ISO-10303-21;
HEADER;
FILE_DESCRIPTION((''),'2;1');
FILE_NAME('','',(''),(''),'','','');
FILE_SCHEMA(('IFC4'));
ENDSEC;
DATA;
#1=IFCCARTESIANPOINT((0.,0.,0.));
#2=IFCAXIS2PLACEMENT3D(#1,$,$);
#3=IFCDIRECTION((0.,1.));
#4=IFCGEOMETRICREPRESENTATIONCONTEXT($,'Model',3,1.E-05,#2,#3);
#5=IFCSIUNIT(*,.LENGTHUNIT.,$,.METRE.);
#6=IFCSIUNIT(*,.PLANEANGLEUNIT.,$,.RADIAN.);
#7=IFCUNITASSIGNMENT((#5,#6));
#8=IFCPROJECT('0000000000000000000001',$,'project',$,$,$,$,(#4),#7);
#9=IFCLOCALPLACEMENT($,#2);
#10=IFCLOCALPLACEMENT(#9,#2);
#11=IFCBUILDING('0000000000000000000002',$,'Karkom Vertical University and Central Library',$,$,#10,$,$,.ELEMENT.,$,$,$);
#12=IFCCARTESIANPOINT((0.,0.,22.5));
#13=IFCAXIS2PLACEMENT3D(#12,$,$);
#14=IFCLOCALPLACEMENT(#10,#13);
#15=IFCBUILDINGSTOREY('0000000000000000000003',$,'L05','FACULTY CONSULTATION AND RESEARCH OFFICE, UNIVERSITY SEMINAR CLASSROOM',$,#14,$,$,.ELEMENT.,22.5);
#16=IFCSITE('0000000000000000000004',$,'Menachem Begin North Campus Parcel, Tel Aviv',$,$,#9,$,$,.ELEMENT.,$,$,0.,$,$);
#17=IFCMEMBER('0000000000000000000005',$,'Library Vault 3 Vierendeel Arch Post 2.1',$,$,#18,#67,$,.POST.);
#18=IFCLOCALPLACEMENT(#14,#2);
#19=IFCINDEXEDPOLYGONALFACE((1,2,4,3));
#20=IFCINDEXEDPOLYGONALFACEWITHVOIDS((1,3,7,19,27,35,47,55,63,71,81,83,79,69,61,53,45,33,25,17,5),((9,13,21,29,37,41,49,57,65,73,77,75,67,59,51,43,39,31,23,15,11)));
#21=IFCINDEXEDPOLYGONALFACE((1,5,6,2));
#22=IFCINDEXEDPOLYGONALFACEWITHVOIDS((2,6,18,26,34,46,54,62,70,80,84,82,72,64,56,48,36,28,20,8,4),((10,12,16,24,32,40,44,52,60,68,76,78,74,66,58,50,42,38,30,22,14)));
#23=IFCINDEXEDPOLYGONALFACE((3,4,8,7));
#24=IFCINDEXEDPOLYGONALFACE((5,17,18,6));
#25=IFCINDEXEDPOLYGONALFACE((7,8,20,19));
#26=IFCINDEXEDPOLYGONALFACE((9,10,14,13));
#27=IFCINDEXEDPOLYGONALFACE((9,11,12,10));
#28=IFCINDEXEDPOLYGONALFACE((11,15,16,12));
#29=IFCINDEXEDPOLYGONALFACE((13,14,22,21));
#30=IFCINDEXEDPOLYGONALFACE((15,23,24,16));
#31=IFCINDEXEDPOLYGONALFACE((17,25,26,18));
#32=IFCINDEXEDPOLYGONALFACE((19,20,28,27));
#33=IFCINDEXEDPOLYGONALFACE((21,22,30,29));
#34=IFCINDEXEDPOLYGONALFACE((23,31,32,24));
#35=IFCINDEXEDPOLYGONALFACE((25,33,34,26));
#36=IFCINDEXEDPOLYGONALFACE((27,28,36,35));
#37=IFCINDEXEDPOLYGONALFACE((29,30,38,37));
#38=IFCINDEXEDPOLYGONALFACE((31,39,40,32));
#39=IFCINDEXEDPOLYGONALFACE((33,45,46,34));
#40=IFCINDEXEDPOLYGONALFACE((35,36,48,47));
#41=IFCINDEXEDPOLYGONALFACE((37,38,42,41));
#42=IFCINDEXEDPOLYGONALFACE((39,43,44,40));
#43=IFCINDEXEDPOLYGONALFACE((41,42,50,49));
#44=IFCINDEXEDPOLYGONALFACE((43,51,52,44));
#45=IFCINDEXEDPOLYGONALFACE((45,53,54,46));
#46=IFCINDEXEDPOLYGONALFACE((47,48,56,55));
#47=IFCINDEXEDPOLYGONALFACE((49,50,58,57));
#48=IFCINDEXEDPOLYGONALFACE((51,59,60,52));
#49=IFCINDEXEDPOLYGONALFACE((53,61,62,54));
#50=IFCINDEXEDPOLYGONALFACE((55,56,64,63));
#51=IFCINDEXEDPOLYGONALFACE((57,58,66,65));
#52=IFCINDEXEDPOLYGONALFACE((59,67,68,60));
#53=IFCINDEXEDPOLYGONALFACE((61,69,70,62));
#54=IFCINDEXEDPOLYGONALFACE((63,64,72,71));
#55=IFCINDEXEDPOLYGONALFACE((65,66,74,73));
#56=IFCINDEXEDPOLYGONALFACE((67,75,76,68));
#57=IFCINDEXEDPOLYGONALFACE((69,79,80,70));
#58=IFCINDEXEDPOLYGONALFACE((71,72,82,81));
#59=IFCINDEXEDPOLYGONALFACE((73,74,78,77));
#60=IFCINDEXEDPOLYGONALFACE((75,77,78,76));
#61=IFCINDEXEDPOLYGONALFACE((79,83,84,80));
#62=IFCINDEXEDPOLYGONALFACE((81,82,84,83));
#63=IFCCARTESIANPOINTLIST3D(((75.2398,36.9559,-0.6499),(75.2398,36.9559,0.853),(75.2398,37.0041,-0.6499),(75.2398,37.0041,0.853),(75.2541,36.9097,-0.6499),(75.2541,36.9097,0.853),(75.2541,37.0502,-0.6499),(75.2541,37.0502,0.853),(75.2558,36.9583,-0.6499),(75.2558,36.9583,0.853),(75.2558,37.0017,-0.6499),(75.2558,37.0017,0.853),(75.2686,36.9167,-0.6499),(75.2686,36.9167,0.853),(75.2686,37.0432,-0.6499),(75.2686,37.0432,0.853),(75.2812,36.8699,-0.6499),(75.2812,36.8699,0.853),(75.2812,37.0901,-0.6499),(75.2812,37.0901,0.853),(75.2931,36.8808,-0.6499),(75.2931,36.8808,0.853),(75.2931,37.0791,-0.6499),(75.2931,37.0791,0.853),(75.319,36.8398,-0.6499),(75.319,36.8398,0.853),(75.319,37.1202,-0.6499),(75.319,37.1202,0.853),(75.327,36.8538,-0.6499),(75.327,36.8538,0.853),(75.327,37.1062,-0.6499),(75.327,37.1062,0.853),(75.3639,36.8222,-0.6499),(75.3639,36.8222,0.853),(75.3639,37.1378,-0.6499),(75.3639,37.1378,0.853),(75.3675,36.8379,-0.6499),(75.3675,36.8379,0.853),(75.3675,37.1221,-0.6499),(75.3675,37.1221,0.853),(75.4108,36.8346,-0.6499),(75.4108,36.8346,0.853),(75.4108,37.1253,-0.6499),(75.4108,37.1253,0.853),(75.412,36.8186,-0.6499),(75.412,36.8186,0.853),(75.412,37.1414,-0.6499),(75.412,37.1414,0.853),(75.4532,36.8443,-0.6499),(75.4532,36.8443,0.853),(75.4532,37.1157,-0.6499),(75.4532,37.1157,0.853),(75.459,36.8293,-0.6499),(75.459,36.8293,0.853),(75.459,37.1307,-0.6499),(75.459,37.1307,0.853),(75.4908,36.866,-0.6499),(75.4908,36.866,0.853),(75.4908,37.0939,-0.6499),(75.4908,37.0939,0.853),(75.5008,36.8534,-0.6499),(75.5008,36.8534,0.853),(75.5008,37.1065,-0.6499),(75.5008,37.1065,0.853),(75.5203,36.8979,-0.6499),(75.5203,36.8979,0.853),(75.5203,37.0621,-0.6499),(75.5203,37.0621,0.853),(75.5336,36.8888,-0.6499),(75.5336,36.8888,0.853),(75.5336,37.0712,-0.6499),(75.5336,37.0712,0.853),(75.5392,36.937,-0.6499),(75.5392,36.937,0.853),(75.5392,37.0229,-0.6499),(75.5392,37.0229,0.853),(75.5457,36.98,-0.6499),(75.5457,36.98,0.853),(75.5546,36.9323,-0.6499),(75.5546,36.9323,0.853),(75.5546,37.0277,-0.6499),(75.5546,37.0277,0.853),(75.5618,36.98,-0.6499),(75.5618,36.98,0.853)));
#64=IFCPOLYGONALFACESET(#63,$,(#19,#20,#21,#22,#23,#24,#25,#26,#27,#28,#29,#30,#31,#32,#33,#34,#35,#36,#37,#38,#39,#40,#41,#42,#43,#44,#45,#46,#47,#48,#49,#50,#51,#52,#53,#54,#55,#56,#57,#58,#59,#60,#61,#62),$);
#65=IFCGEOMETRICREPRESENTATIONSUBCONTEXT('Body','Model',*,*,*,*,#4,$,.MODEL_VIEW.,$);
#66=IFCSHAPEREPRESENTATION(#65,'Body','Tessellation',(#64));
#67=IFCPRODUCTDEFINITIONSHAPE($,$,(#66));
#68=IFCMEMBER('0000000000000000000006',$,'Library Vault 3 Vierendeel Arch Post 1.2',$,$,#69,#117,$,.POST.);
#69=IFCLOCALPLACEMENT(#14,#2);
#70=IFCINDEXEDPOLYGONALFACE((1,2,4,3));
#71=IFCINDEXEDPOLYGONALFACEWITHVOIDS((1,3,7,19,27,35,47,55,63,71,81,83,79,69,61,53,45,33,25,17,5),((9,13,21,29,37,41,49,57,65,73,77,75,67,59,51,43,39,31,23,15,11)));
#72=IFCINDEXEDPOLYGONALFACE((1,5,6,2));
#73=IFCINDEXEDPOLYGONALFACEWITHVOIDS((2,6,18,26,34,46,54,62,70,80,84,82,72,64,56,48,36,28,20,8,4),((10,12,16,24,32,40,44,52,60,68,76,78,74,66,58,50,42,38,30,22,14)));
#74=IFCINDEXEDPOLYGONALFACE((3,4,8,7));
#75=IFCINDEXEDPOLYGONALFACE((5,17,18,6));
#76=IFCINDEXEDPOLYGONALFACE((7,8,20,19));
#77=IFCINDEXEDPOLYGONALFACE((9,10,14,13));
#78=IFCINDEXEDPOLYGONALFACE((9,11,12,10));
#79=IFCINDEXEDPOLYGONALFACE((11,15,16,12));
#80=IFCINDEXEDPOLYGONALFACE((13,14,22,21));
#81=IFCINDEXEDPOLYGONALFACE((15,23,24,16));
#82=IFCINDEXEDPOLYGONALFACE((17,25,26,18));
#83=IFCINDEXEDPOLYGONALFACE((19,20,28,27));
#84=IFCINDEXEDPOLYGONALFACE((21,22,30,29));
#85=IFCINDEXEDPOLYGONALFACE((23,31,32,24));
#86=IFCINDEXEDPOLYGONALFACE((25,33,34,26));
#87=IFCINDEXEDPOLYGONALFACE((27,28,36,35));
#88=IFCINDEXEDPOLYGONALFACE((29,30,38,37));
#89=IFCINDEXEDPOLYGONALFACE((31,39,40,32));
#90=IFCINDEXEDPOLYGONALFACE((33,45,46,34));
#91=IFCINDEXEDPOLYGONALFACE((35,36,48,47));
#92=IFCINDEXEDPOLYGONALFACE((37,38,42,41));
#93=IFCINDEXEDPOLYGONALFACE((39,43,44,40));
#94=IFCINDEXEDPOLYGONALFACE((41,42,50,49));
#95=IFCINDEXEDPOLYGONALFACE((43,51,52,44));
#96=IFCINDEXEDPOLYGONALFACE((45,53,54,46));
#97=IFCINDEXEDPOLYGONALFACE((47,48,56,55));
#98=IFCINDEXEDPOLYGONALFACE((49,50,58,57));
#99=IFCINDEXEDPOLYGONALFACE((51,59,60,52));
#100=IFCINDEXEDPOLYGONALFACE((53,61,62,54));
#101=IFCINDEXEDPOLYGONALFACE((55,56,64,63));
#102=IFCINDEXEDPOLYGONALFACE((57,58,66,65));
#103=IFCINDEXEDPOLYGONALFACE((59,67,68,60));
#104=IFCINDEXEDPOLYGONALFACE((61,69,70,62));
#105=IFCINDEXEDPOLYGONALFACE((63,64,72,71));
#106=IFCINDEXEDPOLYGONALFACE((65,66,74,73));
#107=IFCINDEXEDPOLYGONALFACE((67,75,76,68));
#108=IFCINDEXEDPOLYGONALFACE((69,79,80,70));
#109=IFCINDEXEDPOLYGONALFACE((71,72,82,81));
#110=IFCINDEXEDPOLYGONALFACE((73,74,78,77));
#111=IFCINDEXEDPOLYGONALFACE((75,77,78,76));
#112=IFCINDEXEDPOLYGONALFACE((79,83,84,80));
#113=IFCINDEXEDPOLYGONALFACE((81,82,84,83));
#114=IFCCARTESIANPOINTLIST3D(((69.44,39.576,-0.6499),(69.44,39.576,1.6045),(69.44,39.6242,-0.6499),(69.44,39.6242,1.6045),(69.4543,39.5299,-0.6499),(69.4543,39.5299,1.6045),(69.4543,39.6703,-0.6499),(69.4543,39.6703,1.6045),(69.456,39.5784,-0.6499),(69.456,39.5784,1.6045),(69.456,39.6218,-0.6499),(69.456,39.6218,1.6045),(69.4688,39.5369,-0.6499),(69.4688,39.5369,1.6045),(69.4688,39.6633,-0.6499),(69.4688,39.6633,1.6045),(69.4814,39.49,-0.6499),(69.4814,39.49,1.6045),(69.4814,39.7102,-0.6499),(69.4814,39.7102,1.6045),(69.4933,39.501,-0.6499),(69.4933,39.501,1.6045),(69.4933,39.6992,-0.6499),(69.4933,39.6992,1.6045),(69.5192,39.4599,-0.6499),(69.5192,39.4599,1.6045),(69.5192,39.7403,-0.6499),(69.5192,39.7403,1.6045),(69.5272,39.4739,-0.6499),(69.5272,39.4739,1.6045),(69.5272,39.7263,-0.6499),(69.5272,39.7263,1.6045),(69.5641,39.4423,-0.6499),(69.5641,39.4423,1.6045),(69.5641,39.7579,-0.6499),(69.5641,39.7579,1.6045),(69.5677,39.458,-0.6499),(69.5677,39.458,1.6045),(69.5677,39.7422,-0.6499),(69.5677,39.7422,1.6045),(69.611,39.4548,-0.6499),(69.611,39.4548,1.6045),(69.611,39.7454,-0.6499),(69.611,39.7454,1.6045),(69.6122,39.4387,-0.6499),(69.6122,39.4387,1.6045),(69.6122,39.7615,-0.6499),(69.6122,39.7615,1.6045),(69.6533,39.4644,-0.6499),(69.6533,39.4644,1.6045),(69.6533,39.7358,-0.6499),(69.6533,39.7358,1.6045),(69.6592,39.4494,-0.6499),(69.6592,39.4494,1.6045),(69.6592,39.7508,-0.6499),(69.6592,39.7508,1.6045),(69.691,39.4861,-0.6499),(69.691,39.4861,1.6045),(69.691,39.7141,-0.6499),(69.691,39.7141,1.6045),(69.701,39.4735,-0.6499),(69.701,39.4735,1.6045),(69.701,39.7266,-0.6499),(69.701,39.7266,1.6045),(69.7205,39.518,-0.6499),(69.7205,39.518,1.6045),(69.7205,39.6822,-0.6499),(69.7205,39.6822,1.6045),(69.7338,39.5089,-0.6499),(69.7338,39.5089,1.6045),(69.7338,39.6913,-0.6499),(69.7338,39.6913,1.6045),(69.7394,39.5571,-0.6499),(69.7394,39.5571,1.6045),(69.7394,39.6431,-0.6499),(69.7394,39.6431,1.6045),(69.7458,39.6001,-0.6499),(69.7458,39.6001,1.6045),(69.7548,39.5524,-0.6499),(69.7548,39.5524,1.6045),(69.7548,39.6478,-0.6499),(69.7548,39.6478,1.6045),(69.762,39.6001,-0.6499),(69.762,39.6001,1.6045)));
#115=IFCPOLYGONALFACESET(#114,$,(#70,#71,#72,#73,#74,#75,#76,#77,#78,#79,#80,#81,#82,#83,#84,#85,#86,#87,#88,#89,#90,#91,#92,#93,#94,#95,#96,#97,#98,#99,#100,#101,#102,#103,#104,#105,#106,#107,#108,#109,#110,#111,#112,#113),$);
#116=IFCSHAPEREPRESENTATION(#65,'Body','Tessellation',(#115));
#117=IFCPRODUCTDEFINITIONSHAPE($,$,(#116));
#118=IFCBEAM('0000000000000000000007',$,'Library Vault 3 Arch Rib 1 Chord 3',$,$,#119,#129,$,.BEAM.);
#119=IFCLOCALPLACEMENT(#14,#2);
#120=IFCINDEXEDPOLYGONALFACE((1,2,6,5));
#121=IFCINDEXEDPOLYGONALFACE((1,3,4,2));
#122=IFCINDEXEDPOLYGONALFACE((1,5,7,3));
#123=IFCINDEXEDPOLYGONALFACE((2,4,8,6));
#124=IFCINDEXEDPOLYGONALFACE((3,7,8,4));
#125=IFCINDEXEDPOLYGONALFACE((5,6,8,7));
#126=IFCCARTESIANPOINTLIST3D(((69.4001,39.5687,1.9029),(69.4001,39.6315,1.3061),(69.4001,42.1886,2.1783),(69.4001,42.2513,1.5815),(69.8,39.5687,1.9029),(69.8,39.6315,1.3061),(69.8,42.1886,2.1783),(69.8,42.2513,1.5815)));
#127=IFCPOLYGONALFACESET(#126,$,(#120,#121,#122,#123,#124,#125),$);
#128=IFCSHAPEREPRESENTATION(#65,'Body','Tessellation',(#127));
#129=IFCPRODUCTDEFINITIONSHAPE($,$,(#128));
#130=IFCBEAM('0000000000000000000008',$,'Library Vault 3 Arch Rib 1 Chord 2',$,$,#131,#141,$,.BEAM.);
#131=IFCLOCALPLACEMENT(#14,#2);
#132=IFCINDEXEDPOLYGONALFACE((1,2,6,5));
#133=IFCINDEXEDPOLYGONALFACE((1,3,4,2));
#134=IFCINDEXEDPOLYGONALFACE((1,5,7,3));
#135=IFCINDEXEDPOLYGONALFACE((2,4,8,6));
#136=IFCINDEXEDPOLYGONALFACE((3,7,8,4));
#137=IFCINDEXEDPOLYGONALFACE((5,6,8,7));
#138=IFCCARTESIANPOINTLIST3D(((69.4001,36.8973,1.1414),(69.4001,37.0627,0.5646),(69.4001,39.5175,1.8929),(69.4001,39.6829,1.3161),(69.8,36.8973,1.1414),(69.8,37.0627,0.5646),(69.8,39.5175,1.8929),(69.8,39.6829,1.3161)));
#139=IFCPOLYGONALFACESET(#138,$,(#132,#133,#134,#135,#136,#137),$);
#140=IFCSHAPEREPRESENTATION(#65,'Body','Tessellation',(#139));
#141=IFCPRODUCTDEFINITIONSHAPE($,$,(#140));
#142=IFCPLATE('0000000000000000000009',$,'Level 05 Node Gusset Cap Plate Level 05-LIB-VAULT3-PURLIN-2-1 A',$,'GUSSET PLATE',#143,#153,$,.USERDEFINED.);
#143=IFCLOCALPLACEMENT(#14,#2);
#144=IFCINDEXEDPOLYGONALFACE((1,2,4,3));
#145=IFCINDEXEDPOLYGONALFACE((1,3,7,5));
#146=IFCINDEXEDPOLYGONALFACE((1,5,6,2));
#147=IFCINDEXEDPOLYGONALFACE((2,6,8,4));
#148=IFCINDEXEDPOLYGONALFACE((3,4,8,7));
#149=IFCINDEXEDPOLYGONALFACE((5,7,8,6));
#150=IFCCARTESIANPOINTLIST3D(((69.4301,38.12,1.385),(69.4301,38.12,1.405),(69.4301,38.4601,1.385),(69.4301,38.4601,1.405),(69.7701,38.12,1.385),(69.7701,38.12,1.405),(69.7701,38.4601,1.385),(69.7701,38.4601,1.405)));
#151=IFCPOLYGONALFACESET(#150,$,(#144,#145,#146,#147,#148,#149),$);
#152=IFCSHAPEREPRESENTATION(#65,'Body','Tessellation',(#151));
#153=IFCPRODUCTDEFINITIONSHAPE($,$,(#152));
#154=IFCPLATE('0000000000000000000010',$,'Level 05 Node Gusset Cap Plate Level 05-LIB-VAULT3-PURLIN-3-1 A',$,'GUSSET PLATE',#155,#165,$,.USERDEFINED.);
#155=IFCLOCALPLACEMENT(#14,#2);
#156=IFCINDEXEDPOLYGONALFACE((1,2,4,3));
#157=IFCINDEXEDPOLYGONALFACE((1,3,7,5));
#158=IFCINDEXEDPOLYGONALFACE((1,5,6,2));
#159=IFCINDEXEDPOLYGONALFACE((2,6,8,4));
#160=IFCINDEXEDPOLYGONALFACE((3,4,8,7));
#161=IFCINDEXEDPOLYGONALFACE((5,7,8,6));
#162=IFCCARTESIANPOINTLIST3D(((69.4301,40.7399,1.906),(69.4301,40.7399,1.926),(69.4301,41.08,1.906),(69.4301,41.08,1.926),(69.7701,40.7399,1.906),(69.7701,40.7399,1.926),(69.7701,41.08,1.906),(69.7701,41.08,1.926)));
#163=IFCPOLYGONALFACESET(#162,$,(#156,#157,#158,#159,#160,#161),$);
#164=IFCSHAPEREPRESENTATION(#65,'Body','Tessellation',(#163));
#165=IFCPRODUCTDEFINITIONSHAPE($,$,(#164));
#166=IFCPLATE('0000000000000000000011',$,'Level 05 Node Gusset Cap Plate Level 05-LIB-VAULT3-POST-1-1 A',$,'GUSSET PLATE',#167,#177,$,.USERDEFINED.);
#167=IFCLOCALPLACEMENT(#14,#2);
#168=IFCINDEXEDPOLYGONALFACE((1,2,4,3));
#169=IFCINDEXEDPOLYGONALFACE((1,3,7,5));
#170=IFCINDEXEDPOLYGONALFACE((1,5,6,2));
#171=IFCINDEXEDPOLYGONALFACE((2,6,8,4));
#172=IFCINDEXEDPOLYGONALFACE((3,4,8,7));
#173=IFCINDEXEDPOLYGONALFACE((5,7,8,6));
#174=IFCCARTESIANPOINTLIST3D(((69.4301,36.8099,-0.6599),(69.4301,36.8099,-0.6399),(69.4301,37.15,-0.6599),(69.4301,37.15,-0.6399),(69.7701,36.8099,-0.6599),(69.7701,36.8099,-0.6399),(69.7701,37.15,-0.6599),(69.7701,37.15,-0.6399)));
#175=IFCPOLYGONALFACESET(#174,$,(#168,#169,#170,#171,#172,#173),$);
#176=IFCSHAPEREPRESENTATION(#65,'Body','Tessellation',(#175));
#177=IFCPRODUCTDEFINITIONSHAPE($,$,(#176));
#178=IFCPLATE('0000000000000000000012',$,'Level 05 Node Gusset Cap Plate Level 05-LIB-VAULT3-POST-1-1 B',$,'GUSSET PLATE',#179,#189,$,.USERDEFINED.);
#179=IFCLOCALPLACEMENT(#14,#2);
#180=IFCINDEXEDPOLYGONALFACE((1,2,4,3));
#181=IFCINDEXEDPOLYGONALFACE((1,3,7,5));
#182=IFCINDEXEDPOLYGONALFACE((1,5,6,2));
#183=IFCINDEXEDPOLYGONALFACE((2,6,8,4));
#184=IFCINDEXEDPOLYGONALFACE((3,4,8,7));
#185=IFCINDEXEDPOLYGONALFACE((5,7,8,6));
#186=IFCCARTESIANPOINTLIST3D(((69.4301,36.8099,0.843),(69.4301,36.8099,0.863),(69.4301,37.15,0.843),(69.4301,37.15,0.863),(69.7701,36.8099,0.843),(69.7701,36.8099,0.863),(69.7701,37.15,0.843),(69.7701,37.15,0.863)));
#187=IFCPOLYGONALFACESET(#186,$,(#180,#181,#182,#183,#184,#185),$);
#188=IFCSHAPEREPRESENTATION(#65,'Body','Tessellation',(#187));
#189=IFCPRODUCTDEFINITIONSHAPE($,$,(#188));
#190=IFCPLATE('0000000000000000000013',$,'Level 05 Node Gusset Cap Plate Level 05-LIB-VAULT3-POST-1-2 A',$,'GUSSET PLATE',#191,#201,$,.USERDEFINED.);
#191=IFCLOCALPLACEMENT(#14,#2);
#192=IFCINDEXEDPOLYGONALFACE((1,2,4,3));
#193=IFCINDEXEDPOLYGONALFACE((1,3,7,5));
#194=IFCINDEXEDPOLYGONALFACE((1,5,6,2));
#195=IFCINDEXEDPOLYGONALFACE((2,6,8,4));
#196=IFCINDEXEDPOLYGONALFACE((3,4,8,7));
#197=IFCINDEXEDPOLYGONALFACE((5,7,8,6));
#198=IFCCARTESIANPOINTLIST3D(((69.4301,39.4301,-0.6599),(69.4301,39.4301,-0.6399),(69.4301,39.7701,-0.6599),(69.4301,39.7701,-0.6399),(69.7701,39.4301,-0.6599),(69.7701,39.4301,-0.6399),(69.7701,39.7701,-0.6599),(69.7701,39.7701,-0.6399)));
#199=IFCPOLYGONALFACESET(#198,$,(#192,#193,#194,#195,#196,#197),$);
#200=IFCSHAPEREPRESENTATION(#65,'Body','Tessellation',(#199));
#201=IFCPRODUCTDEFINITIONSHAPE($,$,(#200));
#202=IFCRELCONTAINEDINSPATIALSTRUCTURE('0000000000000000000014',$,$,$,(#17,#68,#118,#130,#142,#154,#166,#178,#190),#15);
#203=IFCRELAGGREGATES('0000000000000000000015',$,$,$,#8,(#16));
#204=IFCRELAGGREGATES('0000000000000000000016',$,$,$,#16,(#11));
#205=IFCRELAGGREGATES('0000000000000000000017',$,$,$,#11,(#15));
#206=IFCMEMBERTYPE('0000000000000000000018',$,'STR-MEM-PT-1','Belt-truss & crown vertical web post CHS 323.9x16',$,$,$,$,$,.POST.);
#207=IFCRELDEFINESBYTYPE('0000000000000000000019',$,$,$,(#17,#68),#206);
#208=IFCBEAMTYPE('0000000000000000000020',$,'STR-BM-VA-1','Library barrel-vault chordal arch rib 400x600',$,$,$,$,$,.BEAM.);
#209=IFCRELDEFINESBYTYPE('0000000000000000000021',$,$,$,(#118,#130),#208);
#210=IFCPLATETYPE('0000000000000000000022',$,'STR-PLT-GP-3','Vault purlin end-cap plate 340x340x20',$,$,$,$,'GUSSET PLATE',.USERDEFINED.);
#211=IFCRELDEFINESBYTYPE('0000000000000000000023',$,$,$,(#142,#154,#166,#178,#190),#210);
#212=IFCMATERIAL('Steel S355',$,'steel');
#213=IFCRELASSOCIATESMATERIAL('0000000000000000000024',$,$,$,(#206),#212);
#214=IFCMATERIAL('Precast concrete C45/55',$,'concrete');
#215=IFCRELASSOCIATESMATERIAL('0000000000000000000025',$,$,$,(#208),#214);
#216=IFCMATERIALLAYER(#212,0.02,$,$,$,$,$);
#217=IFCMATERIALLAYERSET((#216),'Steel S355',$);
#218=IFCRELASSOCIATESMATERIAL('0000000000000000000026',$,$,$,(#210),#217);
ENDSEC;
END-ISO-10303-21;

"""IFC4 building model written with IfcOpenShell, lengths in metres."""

from ifc_helpers import new_model, si_unit, direction, frame, origin, origin_with_axes, origin_2d, place, context, subcontext, project, spatial, rectangle, hollow_circle, extrude, source, transform, mapped, material, layer, layer_set, material_profile, profile_set, type_object, element, save


model = new_model("IFC4")

# Units and contexts
model_context = context("Model", 3, precision=1e-05, world=origin(), true_north=direction((0.0, 1.0)))
body_context = subcontext(model_context, "Body", "Model", "MODEL_VIEW")
ifc_project = project(units=[si_unit("LENGTHUNIT", "METRE"), si_unit("PLANEANGLEUNIT", "RADIAN")], contexts=[model_context])

# Site, building, storey
site_placement = place(None, origin())
site = spatial("IfcSite", under=ifc_project, at=site_placement, Name="Menachem Begin North Campus Parcel, Tel Aviv", CompositionType="ELEMENT", RefElevation=0.0)
building_placement = place(site_placement, origin())
building = spatial("IfcBuilding", under=site, at=building_placement, Name="Karkom Vertical University and Central Library", CompositionType="ELEMENT")
storey_placement = place(building_placement, frame((0.0, 0.0, 22.5)))
storey = spatial("IfcBuildingStorey", under=building, at=storey_placement, Name="L05", Description="FACULTY CONSULTATION AND RESEARCH OFFICE, UNIVERSITY SEMINAR CLASSROOM", CompositionType="ELEMENT", Elevation=22.5)

# Members
ifc_material_1 = material(Name="Steel S355", Category="steel")
ifc_material_profile_1 = material_profile(ifc_material_1, hollow_circle(Radius=0.1619, WallThickness=0.0161, at=origin_2d()), Name="CHS 323.9x16")
ifc_profile_set_1 = profile_set([ifc_material_profile_1], Name="Steel S355")
member_type_1 = type_object("IfcMemberType", Name="STR-MEM-PT-1", Description="Belt-truss & crown vertical web post CHS 323.9x16", PredefinedType="POST", material=ifc_profile_set_1)
shared_shape_1 = source(origin_with_axes(), body_context, "Body", "SweptSolid", [
    extrude(hollow_circle(Radius=0.1619, WallThickness=0.0161, at=origin_2d()), origin(), (0.0, 0.0, 1.0), 1.5029),
])
for number, where, z_axis, x_axis, name in (
    (1, (75.3999, 36.98, -0.6499), (0.0, 0.0, 1.0), (1.0, 0.0, 0.0), "Library Vault 3 Vierendeel Arch Post 2.1"),
):
    element("IfcMember", number, at=place(storey_placement, frame(where, z_axis=z_axis, x_axis=x_axis)), inside=storey, type_object=member_type_1, Name=name, PredefinedType="POST", context=body_context, shape_type="MappedRepresentation", body=[
        mapped(shared_shape_1, transform((0.0, 0.0, 0.0), scale=1.0)),
    ])
shared_shape_2 = source(origin_with_axes(), body_context, "Body", "SweptSolid", [
    extrude(hollow_circle(Radius=0.1619, WallThickness=0.0161, at=origin_2d()), origin(), (0.0, 0.0, 1.0), 2.2544),
])
member_placement = place(storey_placement, frame((69.6001, 39.6001, -0.6499), z_axis=(0.0, 0.0, 1.0), x_axis=(1.0, 0.0, 0.0)))
element("IfcMember", 2, at=member_placement, inside=storey, type_object=member_type_1, Name="Library Vault 3 Vierendeel Arch Post 1.2", PredefinedType="POST", context=body_context, shape_type="MappedRepresentation", body=[
    mapped(shared_shape_2, transform((0.0, 0.0, 0.0), scale=1.0)),
])

# Beams
ifc_material_2 = material(Name="Precast concrete C45/55", Category="concrete")
ifc_material_profile_2 = material_profile(ifc_material_2, rectangle(XDim=0.3999, YDim=0.6001, at=origin_2d()), Name="RCB-400x600")
ifc_profile_set_2 = profile_set([ifc_material_profile_2], Name="Precast concrete C45/55")
beam_type = type_object("IfcBeamType", Name="STR-BM-VA-1", Description="Library barrel-vault chordal arch rib 400x600", PredefinedType="BEAM", material=ifc_profile_set_2)
shared_shape_3 = source(origin_with_axes(), body_context, "Body", "SweptSolid", [
    extrude(rectangle(XDim=0.3999, YDim=0.6001, at=origin_2d()), origin(), (0.0, 0.0, 1.0), 2.6343),
])
beam_1_placement = place(storey_placement, frame((69.6001, 39.6001, 1.6045), z_axis=(0.0, 0.994521, 0.10454), x_axis=(-1.0, 0.0, 0.0)))
element("IfcBeam", 3, at=beam_1_placement, inside=storey, type_object=beam_type, Name="Library Vault 3 Arch Rib 1 Chord 3", PredefinedType="BEAM", context=body_context, shape_type="MappedRepresentation", body=[
    mapped(shared_shape_3, transform((0.0, 0.0, 0.0), scale=1.0)),
])
shared_shape_4 = source(origin_with_axes(), body_context, "Body", "SweptSolid", [
    extrude(rectangle(XDim=0.3999, YDim=0.6001, at=origin_2d()), origin(), (0.0, 0.0, 1.0), 2.7258),
])
beam_2_placement = place(storey_placement, frame((69.6001, 36.98, 0.853), z_axis=(0.0, 0.961246, 0.275691), x_axis=(-1.0, 0.0, 0.0)))
element("IfcBeam", 4, at=beam_2_placement, inside=storey, type_object=beam_type, Name="Library Vault 3 Arch Rib 1 Chord 2", PredefinedType="BEAM", context=body_context, shape_type="MappedRepresentation", body=[
    mapped(shared_shape_4, transform((0.0, 0.0, 0.0), scale=1.0)),
])

# Plates
ifc_layer = layer(ifc_material_1, 0.02)
ifc_layer_set = layer_set([ifc_layer], Name="Steel S355")
plate_type = type_object("IfcPlateType", Name="STR-PLT-GP-3", Description="Vault purlin end-cap plate 340x340x20", ElementType="GUSSET PLATE", PredefinedType="USERDEFINED", material=ifc_layer_set)
shared_shape_5 = source(origin_with_axes(), body_context, "Body", "SweptSolid", [
    extrude(rectangle(XDim=0.3401, YDim=0.3401, at=origin_2d()), origin(), (0.0, 0.0, 1.0), 0.02),
])
for number, where, z_axis, x_axis, name in (
    (5, (69.6001, 38.29, 1.385), (0.0, 0.0, 1.0), (1.0, 0.0, 0.0), "Level 05 Node Gusset Cap Plate Level 05-LIB-VAULT3-PURLIN-2-1 A"),
    (6, (69.6001, 40.9099, 1.906), (0.0, 0.0, 1.0), (1.0, 0.0, 0.0), "Level 05 Node Gusset Cap Plate Level 05-LIB-VAULT3-PURLIN-3-1 A"),
    (7, (69.6001, 36.98, -0.6599), (0.0, 0.0, 1.0), (1.0, 0.0, 0.0), "Level 05 Node Gusset Cap Plate Level 05-LIB-VAULT3-POST-1-1 A"),
    (8, (69.6001, 36.98, 0.843), (0.0, 0.0, 1.0), (1.0, 0.0, 0.0), "Level 05 Node Gusset Cap Plate Level 05-LIB-VAULT3-POST-1-1 B"),
    (9, (69.6001, 39.6001, -0.6599), (0.0, 0.0, 1.0), (1.0, 0.0, 0.0), "Level 05 Node Gusset Cap Plate Level 05-LIB-VAULT3-POST-1-2 A"),
):
    element("IfcPlate", number, at=place(storey_placement, frame(where, z_axis=z_axis, x_axis=x_axis)), inside=storey, type_object=plate_type, Name=name, ObjectType="GUSSET PLATE", PredefinedType="USERDEFINED", context=body_context, shape_type="MappedRepresentation", body=[
        mapped(shared_shape_5, transform((0.0, 0.0, 0.0), scale=1.0)),
    ])

save(model, "model.ifc")
